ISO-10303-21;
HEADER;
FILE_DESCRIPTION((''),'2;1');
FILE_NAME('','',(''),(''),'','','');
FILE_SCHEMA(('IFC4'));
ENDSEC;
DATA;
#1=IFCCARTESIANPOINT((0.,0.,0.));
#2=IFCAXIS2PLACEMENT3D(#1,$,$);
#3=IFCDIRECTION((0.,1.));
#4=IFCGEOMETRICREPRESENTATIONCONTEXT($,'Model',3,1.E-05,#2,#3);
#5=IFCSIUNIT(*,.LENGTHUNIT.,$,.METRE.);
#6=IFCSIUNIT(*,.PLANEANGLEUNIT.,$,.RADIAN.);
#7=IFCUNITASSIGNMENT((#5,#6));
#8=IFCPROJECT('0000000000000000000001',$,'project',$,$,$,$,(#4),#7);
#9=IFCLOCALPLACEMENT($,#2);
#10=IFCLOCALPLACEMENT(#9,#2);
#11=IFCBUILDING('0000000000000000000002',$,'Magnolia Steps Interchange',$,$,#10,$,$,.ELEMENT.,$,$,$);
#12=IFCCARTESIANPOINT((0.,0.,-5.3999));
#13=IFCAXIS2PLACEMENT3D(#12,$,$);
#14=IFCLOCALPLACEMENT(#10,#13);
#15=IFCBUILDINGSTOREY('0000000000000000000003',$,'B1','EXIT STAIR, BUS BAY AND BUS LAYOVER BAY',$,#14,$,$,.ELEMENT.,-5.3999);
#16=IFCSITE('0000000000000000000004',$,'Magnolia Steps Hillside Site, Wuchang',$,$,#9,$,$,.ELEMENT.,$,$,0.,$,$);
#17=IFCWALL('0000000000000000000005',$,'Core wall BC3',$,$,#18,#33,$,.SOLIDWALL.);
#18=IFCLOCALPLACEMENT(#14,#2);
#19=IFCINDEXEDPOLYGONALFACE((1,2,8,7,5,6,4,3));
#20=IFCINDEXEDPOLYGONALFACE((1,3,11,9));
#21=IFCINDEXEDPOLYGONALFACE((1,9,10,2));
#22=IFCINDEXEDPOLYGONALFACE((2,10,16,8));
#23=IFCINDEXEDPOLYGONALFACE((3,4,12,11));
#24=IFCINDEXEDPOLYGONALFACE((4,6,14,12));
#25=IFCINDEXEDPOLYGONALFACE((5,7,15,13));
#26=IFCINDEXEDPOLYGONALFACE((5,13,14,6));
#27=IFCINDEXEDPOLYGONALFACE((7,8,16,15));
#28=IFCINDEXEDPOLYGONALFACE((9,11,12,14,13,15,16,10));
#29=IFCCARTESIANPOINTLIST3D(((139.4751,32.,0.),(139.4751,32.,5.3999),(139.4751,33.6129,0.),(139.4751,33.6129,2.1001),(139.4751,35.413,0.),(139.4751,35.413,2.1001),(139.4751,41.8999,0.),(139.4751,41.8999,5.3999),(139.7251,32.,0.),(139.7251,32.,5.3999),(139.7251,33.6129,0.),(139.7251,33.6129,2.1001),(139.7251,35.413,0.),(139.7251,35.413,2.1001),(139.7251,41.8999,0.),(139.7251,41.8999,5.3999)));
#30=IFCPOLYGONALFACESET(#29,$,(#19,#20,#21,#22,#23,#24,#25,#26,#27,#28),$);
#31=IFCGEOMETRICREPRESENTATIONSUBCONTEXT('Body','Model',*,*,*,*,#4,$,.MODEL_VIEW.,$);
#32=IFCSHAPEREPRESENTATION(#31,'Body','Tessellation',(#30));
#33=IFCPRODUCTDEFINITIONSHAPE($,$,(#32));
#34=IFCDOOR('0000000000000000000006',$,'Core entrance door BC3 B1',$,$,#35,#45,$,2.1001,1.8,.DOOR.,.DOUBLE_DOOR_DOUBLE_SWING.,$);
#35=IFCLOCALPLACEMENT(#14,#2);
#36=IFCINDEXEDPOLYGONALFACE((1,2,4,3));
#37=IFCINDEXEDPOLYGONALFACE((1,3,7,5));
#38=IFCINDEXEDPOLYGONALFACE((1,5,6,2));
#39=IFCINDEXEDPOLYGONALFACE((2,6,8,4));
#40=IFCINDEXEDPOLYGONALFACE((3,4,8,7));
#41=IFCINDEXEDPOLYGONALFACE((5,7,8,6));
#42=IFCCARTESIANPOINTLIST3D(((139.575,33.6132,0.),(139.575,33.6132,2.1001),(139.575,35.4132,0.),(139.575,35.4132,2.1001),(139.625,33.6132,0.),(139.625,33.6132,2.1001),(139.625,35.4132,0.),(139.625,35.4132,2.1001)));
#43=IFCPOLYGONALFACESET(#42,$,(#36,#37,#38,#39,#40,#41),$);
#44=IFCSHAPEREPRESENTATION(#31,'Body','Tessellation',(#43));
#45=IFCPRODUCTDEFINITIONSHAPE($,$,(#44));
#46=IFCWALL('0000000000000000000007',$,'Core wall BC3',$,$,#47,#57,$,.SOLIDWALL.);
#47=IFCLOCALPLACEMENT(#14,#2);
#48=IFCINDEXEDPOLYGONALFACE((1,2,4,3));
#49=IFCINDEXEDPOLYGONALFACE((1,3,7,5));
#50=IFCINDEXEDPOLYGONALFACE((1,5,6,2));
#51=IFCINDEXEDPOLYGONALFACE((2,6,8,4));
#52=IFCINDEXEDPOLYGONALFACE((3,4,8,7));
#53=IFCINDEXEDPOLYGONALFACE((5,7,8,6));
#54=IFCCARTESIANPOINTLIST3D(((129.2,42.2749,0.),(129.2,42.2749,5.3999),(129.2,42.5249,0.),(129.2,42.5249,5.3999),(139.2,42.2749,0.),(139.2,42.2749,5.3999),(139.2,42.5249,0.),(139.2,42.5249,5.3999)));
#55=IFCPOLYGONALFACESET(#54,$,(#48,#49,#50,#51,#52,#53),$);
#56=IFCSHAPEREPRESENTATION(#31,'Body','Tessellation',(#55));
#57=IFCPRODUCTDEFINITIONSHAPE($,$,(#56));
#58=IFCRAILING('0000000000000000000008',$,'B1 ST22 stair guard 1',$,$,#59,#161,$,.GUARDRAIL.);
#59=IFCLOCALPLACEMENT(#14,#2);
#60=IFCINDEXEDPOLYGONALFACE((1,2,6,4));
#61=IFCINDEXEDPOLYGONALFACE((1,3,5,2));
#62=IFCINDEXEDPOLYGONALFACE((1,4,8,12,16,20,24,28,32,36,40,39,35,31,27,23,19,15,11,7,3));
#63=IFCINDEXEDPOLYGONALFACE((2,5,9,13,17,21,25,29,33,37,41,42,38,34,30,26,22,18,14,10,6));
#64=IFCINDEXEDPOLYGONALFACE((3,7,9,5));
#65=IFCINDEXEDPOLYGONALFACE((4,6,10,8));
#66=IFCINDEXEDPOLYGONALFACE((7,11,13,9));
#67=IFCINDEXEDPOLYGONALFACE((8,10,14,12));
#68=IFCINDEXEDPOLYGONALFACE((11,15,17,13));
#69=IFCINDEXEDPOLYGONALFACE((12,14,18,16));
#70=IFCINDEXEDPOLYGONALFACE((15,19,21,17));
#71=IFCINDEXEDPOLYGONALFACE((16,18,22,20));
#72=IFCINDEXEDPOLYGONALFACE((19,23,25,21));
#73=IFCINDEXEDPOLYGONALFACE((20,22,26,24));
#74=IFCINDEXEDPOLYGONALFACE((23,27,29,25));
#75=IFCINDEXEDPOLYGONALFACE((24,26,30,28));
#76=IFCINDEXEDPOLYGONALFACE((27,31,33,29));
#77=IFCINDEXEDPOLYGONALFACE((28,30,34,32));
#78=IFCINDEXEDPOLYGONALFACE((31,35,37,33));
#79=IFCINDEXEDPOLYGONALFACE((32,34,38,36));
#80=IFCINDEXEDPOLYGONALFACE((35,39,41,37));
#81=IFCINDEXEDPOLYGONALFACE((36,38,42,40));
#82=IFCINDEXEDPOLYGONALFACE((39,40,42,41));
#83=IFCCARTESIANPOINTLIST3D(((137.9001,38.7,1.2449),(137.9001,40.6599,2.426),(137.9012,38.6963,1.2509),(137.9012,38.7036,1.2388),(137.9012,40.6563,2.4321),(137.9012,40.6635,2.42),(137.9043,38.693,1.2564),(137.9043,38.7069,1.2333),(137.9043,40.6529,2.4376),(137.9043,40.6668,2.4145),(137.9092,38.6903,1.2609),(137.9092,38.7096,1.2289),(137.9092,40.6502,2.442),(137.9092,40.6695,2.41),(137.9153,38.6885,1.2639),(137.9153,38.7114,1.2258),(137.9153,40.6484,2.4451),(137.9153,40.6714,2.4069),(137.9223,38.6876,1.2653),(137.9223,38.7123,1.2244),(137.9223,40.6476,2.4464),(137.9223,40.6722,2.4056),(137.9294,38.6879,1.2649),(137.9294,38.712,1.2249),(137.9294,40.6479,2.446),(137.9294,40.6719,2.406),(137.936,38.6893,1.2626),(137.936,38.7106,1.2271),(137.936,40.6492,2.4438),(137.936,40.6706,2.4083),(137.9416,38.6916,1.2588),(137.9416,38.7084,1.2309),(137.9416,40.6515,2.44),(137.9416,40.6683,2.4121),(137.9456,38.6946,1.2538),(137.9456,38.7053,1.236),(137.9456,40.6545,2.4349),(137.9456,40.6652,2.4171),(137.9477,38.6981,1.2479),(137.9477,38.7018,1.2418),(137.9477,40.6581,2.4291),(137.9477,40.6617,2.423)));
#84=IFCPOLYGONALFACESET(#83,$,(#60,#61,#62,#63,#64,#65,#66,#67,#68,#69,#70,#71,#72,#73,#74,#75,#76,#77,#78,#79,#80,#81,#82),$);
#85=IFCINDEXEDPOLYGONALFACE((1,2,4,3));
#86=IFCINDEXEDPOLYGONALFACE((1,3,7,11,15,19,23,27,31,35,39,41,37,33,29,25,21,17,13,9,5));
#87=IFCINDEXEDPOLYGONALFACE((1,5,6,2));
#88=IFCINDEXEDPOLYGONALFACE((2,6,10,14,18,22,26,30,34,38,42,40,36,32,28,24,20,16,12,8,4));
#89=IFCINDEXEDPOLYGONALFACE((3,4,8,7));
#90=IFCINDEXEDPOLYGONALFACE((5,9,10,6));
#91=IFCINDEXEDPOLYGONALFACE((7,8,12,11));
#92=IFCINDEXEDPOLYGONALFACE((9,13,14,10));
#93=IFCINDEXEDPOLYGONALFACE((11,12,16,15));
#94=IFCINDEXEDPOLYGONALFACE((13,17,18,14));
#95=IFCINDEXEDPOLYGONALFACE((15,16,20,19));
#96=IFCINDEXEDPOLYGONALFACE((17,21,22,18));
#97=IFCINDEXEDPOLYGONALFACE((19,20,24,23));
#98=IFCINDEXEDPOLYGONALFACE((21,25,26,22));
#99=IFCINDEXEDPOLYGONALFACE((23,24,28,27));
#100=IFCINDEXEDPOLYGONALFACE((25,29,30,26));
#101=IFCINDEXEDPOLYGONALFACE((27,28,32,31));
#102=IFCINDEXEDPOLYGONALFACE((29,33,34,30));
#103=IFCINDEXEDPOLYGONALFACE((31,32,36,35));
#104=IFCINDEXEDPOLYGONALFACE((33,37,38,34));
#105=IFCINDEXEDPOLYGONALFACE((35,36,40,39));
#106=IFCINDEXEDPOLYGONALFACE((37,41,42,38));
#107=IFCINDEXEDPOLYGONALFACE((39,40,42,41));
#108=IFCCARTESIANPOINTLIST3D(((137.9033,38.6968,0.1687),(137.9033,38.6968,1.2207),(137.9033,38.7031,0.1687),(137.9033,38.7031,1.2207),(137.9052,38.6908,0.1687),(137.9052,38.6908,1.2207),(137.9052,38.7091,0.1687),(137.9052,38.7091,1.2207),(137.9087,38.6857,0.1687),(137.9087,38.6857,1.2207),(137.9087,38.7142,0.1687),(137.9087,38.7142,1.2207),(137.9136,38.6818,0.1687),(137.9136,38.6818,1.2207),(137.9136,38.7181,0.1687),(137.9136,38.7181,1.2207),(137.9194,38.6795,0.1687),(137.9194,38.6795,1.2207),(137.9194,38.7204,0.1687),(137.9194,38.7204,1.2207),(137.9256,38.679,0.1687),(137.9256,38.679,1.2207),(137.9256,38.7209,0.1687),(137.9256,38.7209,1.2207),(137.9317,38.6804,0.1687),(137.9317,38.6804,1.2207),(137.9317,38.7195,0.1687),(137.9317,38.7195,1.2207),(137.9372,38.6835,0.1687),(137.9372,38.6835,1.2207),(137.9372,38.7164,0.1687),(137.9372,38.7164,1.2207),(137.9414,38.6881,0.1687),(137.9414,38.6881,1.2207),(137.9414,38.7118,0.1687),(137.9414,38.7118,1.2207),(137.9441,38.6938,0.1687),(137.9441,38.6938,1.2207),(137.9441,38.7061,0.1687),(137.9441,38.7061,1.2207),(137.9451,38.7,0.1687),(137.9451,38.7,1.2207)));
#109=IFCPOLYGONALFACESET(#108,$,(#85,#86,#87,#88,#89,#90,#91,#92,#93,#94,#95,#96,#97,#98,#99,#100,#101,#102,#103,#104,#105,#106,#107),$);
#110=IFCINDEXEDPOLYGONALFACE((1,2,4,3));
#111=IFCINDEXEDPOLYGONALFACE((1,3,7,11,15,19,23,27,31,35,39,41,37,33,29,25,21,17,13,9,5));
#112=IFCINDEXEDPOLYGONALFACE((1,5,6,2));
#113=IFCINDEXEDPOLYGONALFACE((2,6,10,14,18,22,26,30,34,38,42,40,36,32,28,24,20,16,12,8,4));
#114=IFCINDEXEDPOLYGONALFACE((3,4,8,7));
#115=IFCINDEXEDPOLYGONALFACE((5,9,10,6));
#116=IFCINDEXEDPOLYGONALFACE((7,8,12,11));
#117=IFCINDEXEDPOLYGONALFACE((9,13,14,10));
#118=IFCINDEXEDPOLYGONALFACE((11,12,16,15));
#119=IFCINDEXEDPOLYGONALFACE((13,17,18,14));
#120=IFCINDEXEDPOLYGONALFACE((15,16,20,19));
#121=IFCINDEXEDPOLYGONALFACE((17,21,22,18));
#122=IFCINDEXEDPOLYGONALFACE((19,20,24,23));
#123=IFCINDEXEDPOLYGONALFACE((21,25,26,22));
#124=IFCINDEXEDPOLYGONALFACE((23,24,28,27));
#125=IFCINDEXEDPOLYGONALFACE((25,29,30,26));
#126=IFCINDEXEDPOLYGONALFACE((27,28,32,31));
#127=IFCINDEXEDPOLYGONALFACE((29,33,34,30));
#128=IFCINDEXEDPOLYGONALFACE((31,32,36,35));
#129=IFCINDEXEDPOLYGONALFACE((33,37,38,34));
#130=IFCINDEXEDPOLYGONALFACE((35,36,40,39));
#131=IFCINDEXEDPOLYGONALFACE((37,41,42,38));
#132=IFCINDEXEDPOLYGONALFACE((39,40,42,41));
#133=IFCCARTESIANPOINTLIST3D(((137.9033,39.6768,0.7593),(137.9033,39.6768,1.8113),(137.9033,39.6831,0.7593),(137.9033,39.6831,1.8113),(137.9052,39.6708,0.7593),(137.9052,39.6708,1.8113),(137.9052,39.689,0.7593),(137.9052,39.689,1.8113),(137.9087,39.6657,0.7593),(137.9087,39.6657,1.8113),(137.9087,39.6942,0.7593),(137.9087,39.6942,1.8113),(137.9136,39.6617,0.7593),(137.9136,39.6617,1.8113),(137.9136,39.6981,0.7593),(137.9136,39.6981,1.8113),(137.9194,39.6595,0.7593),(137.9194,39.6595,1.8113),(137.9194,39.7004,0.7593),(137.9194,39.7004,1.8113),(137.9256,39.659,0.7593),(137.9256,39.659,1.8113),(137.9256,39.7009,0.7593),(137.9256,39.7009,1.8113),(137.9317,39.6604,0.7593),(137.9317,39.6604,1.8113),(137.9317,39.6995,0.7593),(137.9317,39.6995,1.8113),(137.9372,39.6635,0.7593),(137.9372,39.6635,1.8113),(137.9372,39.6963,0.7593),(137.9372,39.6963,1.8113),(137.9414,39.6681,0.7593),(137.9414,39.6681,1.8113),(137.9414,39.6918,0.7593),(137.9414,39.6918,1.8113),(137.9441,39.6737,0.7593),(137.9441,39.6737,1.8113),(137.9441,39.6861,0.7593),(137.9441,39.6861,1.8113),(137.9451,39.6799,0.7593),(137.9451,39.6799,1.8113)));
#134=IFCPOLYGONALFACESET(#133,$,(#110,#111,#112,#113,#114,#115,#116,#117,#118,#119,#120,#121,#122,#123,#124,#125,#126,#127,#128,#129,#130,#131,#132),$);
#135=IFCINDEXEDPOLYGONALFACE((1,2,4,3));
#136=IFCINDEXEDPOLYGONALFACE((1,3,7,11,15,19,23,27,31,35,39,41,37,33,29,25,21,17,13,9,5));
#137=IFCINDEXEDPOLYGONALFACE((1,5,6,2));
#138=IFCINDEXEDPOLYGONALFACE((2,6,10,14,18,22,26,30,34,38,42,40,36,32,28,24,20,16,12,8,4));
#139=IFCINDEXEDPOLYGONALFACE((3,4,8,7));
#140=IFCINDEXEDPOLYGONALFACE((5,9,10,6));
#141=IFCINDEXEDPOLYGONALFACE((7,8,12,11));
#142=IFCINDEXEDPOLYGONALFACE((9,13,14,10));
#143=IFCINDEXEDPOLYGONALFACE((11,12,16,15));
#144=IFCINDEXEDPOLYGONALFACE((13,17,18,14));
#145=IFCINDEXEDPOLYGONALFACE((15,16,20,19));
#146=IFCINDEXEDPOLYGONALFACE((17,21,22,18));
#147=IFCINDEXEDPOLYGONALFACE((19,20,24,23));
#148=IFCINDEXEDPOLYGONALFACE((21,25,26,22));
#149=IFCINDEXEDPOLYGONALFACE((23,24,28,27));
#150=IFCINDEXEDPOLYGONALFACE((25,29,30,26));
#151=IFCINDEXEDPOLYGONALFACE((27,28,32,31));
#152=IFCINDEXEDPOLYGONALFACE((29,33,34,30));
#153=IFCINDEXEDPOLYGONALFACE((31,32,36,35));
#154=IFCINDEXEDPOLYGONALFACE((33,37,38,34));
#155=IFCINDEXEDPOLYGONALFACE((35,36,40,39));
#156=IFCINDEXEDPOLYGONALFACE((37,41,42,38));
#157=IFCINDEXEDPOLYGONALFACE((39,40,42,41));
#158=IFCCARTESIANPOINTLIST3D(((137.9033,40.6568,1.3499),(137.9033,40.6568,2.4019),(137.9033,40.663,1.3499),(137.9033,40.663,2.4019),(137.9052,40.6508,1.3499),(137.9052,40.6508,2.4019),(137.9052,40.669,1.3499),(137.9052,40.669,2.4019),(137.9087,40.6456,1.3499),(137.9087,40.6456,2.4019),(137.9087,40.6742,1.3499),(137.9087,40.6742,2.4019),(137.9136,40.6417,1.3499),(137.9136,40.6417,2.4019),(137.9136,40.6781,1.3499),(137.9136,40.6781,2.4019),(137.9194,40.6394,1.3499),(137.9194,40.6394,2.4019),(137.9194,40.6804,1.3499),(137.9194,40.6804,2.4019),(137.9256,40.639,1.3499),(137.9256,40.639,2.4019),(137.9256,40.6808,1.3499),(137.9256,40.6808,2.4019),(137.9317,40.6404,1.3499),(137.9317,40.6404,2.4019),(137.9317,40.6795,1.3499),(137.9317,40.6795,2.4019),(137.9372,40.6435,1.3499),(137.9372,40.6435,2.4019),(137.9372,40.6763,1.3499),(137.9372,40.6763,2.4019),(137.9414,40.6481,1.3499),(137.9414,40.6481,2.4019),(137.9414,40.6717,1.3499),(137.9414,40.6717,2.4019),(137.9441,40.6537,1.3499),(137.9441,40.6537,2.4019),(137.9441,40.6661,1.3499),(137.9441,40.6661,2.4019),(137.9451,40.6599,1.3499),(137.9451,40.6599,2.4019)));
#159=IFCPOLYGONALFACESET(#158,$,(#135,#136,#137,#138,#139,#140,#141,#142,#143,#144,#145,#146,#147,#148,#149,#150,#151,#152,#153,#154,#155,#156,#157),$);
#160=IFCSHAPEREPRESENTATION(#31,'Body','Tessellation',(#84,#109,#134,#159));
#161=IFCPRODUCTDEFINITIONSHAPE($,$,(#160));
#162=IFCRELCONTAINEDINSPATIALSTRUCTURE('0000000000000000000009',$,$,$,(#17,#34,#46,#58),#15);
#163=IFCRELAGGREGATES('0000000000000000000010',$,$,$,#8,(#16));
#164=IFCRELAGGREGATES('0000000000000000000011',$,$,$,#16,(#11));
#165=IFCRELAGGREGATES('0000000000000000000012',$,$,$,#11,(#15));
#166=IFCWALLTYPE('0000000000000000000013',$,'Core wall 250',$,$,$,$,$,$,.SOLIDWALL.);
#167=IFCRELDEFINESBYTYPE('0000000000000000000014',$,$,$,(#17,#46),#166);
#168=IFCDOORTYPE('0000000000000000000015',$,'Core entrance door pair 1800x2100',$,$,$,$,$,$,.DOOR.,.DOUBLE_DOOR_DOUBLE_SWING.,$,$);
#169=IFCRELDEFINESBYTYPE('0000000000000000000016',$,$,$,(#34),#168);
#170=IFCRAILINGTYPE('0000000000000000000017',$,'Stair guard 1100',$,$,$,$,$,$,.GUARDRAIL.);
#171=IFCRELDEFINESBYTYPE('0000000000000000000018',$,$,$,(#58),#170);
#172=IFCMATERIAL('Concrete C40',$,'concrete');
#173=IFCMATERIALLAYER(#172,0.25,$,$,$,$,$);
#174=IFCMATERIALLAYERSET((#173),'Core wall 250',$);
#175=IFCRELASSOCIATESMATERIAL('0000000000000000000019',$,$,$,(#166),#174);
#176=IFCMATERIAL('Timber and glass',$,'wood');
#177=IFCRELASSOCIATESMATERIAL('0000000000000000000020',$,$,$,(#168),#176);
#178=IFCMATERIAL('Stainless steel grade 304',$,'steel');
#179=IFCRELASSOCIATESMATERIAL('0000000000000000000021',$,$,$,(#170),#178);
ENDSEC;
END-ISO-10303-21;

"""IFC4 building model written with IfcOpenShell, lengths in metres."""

from ifc_helpers import new_model, si_unit, direction, frame, frame_2d, origin, origin_2d, place, context, subcontext, project, spatial, rectangle, circle, extrude, material, layer, layer_set, type_object, element, fill, save


model = new_model("IFC4")

# Units and contexts
model_context = context("Model", 3, precision=1e-05, world=origin(), true_north=direction((0.0, 1.0)))
body_context = subcontext(model_context, "Body", "Model", "MODEL_VIEW")
ifc_project = project(units=[si_unit("LENGTHUNIT", "METRE"), si_unit("PLANEANGLEUNIT", "RADIAN")], contexts=[model_context])

# Site, building, storey
site_placement = place(None, origin())
site = spatial("IfcSite", under=ifc_project, at=site_placement, Name="Magnolia Steps Hillside Site, Wuchang", CompositionType="ELEMENT", RefElevation=0.0)
building_placement = place(site_placement, origin())
building = spatial("IfcBuilding", under=site, at=building_placement, Name="Magnolia Steps Interchange", CompositionType="ELEMENT")
storey_placement = place(building_placement, frame((0.0, 0.0, -5.3999)))
storey = spatial("IfcBuildingStorey", under=building, at=storey_placement, Name="B1", Description="EXIT STAIR, BUS BAY AND BUS LAYOVER BAY", CompositionType="ELEMENT", Elevation=-5.3999)

# Wall, opening, door
ifc_material_1 = material(Name="Concrete C40", Category="concrete")
ifc_layer_1 = layer(ifc_material_1, 0.25)
ifc_layer_set_1 = layer_set([ifc_layer_1], Name="Core wall 250")
wall_type_1 = type_object("IfcWallType", Name="Core wall 250", PredefinedType="SOLIDWALL", material=ifc_layer_set_1)
wall_1_placement = place(storey_placement, frame((139.6001, 32.0, 0.0), z_axis=(0.0, 0.0, 1.0), x_axis=(0.0, 1.0, 0.0)))
wall_1 = element("IfcWall", 1, at=wall_1_placement, inside=storey, type_object=wall_type_1, Name="Core wall BC3", PredefinedType="SOLIDWALL", context=body_context, shape_type="SweptSolid", body=[
    extrude(rectangle(XDim=9.8999, YDim=0.25, at=frame_2d((4.95, 0.0))), origin(), (0.0, 0.0, 1.0), 5.3999),
])
opening_1_placement = place(wall_1_placement, frame((1.613, 0.0, 0.0)))
opening_1 = element("IfcOpeningElement", 2, at=opening_1_placement, cuts=wall_1, PredefinedType="OPENING", context=body_context, shape_type="SweptSolid", body=[
    extrude(rectangle(XDim=1.8, YDim=2.1001, at=frame_2d((0.8999, 1.05))), frame((0.0, 0.135, 0.0), z_axis=(0.0, -1.0, 0.0), x_axis=(1.0, 0.0, 0.0)), (0.0, 0.0, 1.0), 0.27),
])
ifc_material_2 = material(Name="Timber and glass", Category="wood")
door_type_1 = type_object("IfcDoorType", Name="Core entrance door pair 1800x2100", OperationType="DOUBLE_DOOR_DOUBLE_SWING", PredefinedType="DOOR", material=ifc_material_2)
door_1_placement = place(opening_1_placement, frame((1.8, 0.0, 0.0), z_axis=(0.0, 0.0, 1.0), x_axis=(-1.0, 0.0, 0.0)))
door_1 = element("IfcDoor", 3, at=door_1_placement, inside=storey, type_object=door_type_1, Name="Core entrance door BC3 B1", OperationType="DOUBLE_DOOR_DOUBLE_SWING", OverallHeight=2.1001, OverallWidth=1.8, PredefinedType="DOOR", context=body_context, shape_type="SweptSolid", body=[
    extrude(rectangle(XDim=1.8, YDim=2.1001, at=frame_2d((0.8999, 1.05))), frame((0.0, 0.0249, 0.0), z_axis=(0.0, -1.0, 0.0), x_axis=(1.0, 0.0, 0.0)), (0.0, 0.0, 1.0), 0.05),
])
fill(opening_1, door_1)

# Wall
wall_2_placement = place(storey_placement, frame((139.2, 42.3999, 0.0), z_axis=(0.0, 0.0, 1.0), x_axis=(-1.0, 0.0, 0.0)))
element("IfcWall", 4, at=wall_2_placement, inside=storey, type_object=wall_type_1, Name="Core wall BC3", PredefinedType="SOLIDWALL", context=body_context, shape_type="SweptSolid", body=[
    extrude(rectangle(XDim=10.0, YDim=0.25, at=frame_2d((5.0, 0.0))), origin(), (0.0, 0.0, 1.0), 5.3999),
])

# Railing
ifc_material_3 = material(Name="Stainless steel grade 304", Category="steel")
railing_type_1 = type_object("IfcRailingType", Name="Stair guard 1100", PredefinedType="GUARDRAIL", material=ifc_material_3)
railing_1_placement = place(storey_placement, frame((137.9241, 38.7, 0.1687)))
element("IfcRailing", 5, at=railing_1_placement, inside=storey, type_object=railing_type_1, Name="B1 ST22 stair guard 1", PredefinedType="GUARDRAIL", context=body_context, shape_type="SweptSolid", body=[
    extrude(circle(Radius=0.0239, at=origin_2d()), frame((0.0, 0.0, 1.0762), z_axis=(0.0, 0.856493, 0.516158), x_axis=(-1.0, 0.0, 0.0)), (0.0, 0.0, 1.0), 2.2883),
    extrude(circle(Radius=0.021, at=origin_2d()), origin(), (0.0, 0.0, 1.0), 1.052),
    extrude(circle(Radius=0.021, at=origin_2d()), frame((0.0, 0.98, 0.5906)), (0.0, 0.0, 1.0), 1.052),
    extrude(circle(Radius=0.021, at=origin_2d()), frame((0.0, 1.96, 1.1812)), (0.0, 0.0, 1.0), 1.052),
])

save(model, "model.ifc")
